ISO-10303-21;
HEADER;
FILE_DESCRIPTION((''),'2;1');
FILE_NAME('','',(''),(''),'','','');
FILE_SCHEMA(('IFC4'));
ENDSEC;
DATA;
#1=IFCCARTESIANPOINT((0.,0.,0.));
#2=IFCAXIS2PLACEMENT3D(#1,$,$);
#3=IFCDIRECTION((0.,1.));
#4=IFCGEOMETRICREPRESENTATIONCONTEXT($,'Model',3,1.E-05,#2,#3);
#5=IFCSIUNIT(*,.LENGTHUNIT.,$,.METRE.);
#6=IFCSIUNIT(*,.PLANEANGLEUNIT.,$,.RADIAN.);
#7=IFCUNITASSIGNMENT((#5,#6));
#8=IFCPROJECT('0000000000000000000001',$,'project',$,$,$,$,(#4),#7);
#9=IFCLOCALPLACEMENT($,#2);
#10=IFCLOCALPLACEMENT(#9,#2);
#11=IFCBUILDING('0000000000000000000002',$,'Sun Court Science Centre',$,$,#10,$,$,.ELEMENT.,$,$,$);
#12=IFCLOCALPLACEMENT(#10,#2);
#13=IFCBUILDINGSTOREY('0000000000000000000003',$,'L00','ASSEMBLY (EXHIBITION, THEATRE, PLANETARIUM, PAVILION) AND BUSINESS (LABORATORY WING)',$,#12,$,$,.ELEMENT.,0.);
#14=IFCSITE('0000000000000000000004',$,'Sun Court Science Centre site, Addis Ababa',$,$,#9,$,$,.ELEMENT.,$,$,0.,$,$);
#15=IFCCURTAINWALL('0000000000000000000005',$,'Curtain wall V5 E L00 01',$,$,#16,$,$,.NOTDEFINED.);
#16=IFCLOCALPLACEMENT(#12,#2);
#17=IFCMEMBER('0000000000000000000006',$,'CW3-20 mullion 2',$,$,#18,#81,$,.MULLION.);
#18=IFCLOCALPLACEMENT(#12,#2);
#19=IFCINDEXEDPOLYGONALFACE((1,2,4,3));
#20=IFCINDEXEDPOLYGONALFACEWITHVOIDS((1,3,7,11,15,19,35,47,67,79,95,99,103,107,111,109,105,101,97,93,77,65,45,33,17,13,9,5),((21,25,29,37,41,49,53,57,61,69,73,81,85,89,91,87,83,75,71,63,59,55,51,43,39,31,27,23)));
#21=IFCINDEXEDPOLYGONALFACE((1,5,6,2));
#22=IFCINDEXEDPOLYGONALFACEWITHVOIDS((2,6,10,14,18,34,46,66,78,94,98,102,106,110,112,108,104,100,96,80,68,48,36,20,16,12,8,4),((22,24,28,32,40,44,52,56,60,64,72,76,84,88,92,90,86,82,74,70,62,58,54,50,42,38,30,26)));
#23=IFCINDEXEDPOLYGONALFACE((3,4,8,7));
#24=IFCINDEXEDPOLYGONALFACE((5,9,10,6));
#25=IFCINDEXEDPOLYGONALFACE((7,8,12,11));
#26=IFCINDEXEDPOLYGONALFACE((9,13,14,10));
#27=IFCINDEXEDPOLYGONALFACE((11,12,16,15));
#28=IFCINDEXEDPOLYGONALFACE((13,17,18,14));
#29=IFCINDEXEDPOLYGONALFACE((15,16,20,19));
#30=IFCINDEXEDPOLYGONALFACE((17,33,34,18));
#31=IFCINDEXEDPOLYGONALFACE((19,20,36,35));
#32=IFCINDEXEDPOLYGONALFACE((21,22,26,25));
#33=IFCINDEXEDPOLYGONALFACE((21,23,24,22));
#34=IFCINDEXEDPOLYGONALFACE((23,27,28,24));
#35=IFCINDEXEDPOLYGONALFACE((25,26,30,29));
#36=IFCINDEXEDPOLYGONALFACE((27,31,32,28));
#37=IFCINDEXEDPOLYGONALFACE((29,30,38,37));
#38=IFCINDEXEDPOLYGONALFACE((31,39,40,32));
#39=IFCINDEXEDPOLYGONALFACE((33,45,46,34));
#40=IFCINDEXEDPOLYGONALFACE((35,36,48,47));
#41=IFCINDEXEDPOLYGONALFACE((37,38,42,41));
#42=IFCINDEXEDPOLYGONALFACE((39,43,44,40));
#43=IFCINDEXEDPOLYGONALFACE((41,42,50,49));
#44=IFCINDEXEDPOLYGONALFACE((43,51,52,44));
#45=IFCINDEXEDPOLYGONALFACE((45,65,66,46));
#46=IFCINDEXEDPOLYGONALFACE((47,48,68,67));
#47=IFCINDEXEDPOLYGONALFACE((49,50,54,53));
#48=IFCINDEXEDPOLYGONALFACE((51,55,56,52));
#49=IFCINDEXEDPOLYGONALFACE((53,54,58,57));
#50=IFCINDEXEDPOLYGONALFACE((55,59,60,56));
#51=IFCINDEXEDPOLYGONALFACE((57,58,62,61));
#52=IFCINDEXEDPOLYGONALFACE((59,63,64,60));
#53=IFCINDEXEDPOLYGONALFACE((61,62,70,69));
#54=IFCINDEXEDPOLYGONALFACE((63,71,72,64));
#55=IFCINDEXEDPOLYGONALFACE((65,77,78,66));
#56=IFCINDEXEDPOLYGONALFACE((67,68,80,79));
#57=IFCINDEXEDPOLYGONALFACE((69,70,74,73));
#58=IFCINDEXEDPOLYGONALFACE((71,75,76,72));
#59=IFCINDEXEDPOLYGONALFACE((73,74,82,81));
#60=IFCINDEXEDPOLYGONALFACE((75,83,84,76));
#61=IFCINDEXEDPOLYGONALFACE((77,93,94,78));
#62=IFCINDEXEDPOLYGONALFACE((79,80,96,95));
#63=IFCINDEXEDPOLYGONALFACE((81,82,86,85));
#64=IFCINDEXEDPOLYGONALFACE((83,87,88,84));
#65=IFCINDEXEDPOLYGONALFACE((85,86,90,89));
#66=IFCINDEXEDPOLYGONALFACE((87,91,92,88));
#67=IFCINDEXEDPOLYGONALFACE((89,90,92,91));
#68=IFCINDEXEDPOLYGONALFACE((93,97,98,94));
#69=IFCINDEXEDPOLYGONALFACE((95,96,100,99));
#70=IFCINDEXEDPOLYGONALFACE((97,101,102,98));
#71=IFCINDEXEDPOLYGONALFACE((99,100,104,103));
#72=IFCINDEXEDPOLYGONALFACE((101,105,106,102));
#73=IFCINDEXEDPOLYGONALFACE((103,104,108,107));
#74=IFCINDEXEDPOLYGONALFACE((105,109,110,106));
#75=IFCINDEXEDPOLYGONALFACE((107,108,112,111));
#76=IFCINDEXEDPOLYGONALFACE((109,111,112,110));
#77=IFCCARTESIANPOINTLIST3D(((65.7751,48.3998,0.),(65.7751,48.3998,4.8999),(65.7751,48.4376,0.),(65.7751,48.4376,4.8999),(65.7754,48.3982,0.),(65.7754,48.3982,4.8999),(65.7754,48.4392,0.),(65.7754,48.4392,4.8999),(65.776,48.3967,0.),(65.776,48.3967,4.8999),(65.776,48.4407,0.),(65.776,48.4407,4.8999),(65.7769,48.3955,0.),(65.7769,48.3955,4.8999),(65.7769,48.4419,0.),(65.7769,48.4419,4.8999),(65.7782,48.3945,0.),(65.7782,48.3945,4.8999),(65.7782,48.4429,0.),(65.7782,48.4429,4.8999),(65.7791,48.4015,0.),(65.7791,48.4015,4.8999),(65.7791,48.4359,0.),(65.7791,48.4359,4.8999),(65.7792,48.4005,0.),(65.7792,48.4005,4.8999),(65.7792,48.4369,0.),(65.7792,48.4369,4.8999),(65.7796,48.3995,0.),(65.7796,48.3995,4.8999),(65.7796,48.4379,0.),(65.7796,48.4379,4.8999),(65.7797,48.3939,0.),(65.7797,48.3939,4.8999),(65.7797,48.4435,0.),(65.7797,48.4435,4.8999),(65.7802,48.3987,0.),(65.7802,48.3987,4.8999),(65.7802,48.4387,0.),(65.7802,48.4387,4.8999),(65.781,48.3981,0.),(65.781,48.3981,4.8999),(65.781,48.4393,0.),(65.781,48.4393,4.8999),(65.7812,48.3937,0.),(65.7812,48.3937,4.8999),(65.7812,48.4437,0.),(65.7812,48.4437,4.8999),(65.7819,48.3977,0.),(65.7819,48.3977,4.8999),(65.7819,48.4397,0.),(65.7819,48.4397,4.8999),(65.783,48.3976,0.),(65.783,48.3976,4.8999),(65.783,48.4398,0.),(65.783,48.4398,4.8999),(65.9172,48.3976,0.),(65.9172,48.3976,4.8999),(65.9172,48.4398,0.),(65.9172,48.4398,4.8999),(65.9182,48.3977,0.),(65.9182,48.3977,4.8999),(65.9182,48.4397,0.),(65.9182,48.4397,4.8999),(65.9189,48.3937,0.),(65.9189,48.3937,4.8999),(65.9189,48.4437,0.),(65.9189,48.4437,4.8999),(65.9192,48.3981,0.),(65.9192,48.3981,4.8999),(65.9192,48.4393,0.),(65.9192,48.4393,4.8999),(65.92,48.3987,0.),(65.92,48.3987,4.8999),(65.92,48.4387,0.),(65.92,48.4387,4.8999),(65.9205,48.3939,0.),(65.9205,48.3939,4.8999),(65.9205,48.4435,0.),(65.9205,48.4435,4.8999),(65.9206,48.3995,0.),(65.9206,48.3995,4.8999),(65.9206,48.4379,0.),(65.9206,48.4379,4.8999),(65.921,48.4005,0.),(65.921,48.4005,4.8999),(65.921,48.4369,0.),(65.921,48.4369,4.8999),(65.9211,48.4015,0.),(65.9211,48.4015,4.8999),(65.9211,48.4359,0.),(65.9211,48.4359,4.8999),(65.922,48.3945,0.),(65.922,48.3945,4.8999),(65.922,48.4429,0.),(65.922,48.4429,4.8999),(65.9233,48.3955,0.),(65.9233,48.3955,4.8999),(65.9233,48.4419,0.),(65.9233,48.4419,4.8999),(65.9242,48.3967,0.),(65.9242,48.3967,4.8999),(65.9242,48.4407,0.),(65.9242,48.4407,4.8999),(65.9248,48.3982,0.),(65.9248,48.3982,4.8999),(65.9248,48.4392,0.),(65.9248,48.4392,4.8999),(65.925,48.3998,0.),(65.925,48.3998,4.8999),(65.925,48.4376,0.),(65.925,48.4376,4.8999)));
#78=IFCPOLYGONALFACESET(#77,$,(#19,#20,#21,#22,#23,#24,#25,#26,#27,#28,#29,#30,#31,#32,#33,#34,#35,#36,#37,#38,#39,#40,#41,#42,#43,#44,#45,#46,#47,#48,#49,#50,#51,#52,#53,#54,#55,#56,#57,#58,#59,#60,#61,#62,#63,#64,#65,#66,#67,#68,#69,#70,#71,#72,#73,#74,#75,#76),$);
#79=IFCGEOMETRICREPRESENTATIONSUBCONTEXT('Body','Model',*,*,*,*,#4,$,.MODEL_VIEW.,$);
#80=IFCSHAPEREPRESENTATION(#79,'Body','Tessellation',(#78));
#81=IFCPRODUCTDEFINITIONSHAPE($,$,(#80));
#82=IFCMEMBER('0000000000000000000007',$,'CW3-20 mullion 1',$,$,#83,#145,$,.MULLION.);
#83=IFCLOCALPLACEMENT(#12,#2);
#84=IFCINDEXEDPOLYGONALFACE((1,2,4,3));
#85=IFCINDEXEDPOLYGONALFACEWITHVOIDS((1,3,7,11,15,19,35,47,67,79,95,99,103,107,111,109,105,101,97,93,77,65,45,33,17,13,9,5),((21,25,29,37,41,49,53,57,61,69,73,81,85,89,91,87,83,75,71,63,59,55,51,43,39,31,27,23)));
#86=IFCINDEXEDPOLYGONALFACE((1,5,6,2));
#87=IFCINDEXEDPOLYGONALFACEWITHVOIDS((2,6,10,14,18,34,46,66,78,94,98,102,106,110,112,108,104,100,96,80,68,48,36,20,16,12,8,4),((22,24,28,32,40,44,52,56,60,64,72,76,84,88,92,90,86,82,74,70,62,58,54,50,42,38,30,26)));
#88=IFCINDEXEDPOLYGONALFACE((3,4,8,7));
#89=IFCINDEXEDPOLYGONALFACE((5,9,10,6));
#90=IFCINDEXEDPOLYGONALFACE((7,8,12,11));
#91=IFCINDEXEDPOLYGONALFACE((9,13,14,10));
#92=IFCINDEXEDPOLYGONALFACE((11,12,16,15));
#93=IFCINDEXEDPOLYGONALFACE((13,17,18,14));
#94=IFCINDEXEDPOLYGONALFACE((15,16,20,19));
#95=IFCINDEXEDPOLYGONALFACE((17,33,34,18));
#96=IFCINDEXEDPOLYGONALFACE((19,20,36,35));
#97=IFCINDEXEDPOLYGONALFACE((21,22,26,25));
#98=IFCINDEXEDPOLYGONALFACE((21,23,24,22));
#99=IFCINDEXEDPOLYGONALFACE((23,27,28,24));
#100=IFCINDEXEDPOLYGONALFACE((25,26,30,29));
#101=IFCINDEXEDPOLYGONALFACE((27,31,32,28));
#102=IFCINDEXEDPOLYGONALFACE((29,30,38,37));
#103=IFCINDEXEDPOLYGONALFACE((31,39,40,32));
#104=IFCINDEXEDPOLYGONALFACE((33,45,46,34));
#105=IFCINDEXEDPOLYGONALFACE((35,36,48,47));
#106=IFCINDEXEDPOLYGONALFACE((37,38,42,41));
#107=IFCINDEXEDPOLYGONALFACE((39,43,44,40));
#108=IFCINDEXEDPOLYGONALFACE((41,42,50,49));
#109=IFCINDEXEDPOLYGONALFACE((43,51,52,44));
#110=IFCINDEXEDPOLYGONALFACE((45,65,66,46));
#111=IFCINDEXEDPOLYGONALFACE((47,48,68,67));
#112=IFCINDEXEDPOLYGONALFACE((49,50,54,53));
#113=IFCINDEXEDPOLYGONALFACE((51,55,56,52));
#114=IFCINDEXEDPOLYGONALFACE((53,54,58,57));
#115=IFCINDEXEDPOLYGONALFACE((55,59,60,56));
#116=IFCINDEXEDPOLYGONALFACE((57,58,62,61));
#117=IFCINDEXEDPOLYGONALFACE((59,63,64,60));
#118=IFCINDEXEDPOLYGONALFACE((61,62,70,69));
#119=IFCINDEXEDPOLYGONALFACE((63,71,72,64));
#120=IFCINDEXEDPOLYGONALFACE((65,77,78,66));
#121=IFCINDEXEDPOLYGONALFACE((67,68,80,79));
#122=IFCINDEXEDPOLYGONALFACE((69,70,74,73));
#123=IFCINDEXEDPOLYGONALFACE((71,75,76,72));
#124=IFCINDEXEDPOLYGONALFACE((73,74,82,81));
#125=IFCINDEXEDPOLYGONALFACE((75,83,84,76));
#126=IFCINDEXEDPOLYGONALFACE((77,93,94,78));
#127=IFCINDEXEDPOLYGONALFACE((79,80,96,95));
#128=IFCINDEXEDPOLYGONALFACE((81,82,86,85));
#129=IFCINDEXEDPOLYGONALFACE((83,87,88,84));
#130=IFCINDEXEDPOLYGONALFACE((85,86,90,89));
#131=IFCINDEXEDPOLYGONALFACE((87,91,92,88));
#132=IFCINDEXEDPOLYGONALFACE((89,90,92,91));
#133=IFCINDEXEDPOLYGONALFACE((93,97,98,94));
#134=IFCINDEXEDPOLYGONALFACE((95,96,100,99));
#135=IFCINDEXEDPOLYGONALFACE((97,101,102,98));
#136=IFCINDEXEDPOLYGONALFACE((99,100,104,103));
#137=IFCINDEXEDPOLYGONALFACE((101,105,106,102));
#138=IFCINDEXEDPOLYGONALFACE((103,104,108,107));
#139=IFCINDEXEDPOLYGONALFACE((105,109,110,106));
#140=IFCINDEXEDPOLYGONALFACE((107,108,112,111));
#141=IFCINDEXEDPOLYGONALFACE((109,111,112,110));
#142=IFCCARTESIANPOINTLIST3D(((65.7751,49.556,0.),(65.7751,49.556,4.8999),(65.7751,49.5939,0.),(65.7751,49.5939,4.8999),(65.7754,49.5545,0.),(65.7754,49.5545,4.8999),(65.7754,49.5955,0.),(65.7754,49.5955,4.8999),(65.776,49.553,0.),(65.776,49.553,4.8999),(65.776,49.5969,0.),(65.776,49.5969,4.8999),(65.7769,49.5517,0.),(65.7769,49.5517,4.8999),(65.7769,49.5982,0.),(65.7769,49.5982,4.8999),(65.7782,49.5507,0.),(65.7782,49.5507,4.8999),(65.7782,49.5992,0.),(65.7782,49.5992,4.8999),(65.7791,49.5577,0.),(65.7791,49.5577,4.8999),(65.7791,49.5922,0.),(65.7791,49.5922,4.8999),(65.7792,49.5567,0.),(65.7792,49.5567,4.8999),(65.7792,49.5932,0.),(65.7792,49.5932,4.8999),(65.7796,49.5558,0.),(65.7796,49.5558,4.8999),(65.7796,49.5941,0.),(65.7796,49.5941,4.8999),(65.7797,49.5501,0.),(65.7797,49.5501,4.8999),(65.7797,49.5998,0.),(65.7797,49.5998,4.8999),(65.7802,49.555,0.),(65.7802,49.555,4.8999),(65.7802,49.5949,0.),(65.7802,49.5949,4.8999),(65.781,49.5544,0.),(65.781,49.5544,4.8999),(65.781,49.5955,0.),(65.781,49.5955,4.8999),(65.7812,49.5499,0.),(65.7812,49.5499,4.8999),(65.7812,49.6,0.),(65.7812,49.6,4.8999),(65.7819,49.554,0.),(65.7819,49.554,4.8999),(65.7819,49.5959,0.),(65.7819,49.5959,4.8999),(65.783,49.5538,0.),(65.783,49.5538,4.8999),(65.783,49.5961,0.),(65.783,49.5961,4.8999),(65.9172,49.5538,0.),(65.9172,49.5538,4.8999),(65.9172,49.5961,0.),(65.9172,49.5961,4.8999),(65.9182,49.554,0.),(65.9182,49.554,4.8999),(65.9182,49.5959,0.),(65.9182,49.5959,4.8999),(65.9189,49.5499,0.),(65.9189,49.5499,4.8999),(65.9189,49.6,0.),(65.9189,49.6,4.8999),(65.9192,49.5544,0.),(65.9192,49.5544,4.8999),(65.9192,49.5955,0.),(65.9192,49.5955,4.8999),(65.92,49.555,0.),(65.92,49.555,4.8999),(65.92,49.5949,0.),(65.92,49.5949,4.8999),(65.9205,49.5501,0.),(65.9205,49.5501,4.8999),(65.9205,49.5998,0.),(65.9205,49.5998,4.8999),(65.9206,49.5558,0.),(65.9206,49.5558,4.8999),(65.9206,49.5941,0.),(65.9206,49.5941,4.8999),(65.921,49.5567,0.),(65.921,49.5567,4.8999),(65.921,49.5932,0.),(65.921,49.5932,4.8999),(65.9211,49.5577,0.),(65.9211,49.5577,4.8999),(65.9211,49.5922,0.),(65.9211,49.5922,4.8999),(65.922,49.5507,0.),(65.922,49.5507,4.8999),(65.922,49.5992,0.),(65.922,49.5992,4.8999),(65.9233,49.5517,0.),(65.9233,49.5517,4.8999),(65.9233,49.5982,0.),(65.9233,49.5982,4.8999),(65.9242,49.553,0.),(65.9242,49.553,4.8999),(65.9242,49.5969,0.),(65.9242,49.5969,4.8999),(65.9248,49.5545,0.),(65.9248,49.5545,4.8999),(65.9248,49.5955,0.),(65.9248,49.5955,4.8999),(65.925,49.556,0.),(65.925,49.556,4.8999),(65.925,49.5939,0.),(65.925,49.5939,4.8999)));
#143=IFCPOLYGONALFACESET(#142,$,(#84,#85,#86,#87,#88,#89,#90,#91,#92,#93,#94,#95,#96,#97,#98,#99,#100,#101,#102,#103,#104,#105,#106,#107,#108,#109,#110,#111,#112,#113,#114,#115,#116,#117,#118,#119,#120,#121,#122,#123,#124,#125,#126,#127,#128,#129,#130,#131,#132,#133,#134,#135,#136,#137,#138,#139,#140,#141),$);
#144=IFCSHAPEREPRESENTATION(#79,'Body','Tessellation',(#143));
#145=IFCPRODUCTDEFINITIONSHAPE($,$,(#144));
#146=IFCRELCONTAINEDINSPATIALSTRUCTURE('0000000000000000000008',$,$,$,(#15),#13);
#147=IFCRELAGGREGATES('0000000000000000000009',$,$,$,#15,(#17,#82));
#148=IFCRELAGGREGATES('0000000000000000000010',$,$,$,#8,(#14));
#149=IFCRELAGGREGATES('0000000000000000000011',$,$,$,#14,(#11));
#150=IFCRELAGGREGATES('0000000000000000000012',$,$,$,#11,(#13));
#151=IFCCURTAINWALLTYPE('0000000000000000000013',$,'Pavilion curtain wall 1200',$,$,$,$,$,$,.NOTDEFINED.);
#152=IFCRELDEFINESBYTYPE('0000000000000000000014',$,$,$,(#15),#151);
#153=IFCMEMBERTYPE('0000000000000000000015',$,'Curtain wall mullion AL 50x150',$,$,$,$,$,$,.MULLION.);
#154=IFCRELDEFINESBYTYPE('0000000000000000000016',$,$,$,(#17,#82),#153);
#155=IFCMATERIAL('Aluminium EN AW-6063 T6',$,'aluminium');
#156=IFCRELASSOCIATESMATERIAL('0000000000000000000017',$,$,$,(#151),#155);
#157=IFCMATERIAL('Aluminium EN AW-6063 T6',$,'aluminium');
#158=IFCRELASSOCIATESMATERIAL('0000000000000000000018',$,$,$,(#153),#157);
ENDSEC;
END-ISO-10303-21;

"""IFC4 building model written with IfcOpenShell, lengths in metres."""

from ifc_helpers import new_model, si_unit, direction, frame, origin, origin_2d, place, context, subcontext, project, spatial, hollow_rectangle, extrude, material, material_profile, profile_set, type_object, element, aggregate, save


model = new_model("IFC4")

# Units and contexts
model_context = context("Model", 3, precision=1e-05, world=origin(), true_north=direction((0.0, 1.0)))
body_context = subcontext(model_context, "Body", "Model", "MODEL_VIEW")
ifc_project = project(units=[si_unit("LENGTHUNIT", "METRE"), si_unit("PLANEANGLEUNIT", "RADIAN")], contexts=[model_context])

# Site, building, storey
site_placement = place(None, origin())
site = spatial("IfcSite", under=ifc_project, at=site_placement, Name="Sun Court Science Centre site, Addis Ababa", CompositionType="ELEMENT", RefElevation=0.0)
building_placement = place(site_placement, origin())
building = spatial("IfcBuilding", under=site, at=building_placement, Name="Sun Court Science Centre", CompositionType="ELEMENT")
storey_placement = place(building_placement, origin())
storey = spatial("IfcBuildingStorey", under=building, at=storey_placement, Name="L00", Description="ASSEMBLY (EXHIBITION, THEATRE, PLANETARIUM, PAVILION) AND BUSINESS (LABORATORY WING)", CompositionType="ELEMENT", Elevation=0.0)

# Curtain wall, members
ifc_material_1 = material(Name="Aluminium EN AW-6063 T6", Category="aluminium")
curtain_wall_type_1 = type_object("IfcCurtainWallType", Name="Pavilion curtain wall 1200", PredefinedType="NOTDEFINED", material=ifc_material_1)
curtain_wall_1_placement = place(storey_placement, origin())
curtain_wall_1 = element("IfcCurtainWall", 1, at=curtain_wall_1_placement, inside=storey, type_object=curtain_wall_type_1, Name="Curtain wall V5 E L00 01", PredefinedType="NOTDEFINED")
ifc_material_2 = material(Name="Aluminium EN AW-6063 T6", Category="aluminium")
ifc_material_profile_1 = material_profile(ifc_material_2, hollow_rectangle(XDim=0.05, YDim=0.1499, WallThickness=0.0039, InnerFilletRadius=0.0039, OuterFilletRadius=0.0061, at=origin_2d()), Name="AL 50x150x4")
ifc_profile_set_1 = profile_set([ifc_material_profile_1], Name="Aluminium EN AW-6063 T6")
member_type_1 = type_object("IfcMemberType", Name="Curtain wall mullion AL 50x150", PredefinedType="MULLION", material=ifc_profile_set_1)
member_1_placement = place(storey_placement, frame((65.8501, 48.4187, 0.0), z_axis=(0.0, 0.0, 1.0), x_axis=(0.0, -1.0, 0.0)))
member_1 = element("IfcMember", 2, at=member_1_placement, type_object=member_type_1, Name="CW3-20 mullion 2", PredefinedType="MULLION", context=body_context, shape_type="SweptSolid", body=[
    extrude(hollow_rectangle(XDim=0.05, YDim=0.1499, WallThickness=0.0039, InnerFilletRadius=0.0039, OuterFilletRadius=0.0061, at=origin_2d()), origin(), (0.0, 0.0, 1.0), 4.8999),
])
member_2_placement = place(storey_placement, frame((65.8501, 49.575, 0.0), z_axis=(0.0, 0.0, 1.0), x_axis=(0.0, -1.0, 0.0)))
member_2 = element("IfcMember", 3, at=member_2_placement, type_object=member_type_1, Name="CW3-20 mullion 1", PredefinedType="MULLION", context=body_context, shape_type="SweptSolid", body=[
    extrude(hollow_rectangle(XDim=0.05, YDim=0.1499, WallThickness=0.0039, InnerFilletRadius=0.0039, OuterFilletRadius=0.0061, at=origin_2d()), origin(), (0.0, 0.0, 1.0), 4.8999),
])

aggregate(curtain_wall_1, [member_1, member_2])

save(model, "model.ifc")
